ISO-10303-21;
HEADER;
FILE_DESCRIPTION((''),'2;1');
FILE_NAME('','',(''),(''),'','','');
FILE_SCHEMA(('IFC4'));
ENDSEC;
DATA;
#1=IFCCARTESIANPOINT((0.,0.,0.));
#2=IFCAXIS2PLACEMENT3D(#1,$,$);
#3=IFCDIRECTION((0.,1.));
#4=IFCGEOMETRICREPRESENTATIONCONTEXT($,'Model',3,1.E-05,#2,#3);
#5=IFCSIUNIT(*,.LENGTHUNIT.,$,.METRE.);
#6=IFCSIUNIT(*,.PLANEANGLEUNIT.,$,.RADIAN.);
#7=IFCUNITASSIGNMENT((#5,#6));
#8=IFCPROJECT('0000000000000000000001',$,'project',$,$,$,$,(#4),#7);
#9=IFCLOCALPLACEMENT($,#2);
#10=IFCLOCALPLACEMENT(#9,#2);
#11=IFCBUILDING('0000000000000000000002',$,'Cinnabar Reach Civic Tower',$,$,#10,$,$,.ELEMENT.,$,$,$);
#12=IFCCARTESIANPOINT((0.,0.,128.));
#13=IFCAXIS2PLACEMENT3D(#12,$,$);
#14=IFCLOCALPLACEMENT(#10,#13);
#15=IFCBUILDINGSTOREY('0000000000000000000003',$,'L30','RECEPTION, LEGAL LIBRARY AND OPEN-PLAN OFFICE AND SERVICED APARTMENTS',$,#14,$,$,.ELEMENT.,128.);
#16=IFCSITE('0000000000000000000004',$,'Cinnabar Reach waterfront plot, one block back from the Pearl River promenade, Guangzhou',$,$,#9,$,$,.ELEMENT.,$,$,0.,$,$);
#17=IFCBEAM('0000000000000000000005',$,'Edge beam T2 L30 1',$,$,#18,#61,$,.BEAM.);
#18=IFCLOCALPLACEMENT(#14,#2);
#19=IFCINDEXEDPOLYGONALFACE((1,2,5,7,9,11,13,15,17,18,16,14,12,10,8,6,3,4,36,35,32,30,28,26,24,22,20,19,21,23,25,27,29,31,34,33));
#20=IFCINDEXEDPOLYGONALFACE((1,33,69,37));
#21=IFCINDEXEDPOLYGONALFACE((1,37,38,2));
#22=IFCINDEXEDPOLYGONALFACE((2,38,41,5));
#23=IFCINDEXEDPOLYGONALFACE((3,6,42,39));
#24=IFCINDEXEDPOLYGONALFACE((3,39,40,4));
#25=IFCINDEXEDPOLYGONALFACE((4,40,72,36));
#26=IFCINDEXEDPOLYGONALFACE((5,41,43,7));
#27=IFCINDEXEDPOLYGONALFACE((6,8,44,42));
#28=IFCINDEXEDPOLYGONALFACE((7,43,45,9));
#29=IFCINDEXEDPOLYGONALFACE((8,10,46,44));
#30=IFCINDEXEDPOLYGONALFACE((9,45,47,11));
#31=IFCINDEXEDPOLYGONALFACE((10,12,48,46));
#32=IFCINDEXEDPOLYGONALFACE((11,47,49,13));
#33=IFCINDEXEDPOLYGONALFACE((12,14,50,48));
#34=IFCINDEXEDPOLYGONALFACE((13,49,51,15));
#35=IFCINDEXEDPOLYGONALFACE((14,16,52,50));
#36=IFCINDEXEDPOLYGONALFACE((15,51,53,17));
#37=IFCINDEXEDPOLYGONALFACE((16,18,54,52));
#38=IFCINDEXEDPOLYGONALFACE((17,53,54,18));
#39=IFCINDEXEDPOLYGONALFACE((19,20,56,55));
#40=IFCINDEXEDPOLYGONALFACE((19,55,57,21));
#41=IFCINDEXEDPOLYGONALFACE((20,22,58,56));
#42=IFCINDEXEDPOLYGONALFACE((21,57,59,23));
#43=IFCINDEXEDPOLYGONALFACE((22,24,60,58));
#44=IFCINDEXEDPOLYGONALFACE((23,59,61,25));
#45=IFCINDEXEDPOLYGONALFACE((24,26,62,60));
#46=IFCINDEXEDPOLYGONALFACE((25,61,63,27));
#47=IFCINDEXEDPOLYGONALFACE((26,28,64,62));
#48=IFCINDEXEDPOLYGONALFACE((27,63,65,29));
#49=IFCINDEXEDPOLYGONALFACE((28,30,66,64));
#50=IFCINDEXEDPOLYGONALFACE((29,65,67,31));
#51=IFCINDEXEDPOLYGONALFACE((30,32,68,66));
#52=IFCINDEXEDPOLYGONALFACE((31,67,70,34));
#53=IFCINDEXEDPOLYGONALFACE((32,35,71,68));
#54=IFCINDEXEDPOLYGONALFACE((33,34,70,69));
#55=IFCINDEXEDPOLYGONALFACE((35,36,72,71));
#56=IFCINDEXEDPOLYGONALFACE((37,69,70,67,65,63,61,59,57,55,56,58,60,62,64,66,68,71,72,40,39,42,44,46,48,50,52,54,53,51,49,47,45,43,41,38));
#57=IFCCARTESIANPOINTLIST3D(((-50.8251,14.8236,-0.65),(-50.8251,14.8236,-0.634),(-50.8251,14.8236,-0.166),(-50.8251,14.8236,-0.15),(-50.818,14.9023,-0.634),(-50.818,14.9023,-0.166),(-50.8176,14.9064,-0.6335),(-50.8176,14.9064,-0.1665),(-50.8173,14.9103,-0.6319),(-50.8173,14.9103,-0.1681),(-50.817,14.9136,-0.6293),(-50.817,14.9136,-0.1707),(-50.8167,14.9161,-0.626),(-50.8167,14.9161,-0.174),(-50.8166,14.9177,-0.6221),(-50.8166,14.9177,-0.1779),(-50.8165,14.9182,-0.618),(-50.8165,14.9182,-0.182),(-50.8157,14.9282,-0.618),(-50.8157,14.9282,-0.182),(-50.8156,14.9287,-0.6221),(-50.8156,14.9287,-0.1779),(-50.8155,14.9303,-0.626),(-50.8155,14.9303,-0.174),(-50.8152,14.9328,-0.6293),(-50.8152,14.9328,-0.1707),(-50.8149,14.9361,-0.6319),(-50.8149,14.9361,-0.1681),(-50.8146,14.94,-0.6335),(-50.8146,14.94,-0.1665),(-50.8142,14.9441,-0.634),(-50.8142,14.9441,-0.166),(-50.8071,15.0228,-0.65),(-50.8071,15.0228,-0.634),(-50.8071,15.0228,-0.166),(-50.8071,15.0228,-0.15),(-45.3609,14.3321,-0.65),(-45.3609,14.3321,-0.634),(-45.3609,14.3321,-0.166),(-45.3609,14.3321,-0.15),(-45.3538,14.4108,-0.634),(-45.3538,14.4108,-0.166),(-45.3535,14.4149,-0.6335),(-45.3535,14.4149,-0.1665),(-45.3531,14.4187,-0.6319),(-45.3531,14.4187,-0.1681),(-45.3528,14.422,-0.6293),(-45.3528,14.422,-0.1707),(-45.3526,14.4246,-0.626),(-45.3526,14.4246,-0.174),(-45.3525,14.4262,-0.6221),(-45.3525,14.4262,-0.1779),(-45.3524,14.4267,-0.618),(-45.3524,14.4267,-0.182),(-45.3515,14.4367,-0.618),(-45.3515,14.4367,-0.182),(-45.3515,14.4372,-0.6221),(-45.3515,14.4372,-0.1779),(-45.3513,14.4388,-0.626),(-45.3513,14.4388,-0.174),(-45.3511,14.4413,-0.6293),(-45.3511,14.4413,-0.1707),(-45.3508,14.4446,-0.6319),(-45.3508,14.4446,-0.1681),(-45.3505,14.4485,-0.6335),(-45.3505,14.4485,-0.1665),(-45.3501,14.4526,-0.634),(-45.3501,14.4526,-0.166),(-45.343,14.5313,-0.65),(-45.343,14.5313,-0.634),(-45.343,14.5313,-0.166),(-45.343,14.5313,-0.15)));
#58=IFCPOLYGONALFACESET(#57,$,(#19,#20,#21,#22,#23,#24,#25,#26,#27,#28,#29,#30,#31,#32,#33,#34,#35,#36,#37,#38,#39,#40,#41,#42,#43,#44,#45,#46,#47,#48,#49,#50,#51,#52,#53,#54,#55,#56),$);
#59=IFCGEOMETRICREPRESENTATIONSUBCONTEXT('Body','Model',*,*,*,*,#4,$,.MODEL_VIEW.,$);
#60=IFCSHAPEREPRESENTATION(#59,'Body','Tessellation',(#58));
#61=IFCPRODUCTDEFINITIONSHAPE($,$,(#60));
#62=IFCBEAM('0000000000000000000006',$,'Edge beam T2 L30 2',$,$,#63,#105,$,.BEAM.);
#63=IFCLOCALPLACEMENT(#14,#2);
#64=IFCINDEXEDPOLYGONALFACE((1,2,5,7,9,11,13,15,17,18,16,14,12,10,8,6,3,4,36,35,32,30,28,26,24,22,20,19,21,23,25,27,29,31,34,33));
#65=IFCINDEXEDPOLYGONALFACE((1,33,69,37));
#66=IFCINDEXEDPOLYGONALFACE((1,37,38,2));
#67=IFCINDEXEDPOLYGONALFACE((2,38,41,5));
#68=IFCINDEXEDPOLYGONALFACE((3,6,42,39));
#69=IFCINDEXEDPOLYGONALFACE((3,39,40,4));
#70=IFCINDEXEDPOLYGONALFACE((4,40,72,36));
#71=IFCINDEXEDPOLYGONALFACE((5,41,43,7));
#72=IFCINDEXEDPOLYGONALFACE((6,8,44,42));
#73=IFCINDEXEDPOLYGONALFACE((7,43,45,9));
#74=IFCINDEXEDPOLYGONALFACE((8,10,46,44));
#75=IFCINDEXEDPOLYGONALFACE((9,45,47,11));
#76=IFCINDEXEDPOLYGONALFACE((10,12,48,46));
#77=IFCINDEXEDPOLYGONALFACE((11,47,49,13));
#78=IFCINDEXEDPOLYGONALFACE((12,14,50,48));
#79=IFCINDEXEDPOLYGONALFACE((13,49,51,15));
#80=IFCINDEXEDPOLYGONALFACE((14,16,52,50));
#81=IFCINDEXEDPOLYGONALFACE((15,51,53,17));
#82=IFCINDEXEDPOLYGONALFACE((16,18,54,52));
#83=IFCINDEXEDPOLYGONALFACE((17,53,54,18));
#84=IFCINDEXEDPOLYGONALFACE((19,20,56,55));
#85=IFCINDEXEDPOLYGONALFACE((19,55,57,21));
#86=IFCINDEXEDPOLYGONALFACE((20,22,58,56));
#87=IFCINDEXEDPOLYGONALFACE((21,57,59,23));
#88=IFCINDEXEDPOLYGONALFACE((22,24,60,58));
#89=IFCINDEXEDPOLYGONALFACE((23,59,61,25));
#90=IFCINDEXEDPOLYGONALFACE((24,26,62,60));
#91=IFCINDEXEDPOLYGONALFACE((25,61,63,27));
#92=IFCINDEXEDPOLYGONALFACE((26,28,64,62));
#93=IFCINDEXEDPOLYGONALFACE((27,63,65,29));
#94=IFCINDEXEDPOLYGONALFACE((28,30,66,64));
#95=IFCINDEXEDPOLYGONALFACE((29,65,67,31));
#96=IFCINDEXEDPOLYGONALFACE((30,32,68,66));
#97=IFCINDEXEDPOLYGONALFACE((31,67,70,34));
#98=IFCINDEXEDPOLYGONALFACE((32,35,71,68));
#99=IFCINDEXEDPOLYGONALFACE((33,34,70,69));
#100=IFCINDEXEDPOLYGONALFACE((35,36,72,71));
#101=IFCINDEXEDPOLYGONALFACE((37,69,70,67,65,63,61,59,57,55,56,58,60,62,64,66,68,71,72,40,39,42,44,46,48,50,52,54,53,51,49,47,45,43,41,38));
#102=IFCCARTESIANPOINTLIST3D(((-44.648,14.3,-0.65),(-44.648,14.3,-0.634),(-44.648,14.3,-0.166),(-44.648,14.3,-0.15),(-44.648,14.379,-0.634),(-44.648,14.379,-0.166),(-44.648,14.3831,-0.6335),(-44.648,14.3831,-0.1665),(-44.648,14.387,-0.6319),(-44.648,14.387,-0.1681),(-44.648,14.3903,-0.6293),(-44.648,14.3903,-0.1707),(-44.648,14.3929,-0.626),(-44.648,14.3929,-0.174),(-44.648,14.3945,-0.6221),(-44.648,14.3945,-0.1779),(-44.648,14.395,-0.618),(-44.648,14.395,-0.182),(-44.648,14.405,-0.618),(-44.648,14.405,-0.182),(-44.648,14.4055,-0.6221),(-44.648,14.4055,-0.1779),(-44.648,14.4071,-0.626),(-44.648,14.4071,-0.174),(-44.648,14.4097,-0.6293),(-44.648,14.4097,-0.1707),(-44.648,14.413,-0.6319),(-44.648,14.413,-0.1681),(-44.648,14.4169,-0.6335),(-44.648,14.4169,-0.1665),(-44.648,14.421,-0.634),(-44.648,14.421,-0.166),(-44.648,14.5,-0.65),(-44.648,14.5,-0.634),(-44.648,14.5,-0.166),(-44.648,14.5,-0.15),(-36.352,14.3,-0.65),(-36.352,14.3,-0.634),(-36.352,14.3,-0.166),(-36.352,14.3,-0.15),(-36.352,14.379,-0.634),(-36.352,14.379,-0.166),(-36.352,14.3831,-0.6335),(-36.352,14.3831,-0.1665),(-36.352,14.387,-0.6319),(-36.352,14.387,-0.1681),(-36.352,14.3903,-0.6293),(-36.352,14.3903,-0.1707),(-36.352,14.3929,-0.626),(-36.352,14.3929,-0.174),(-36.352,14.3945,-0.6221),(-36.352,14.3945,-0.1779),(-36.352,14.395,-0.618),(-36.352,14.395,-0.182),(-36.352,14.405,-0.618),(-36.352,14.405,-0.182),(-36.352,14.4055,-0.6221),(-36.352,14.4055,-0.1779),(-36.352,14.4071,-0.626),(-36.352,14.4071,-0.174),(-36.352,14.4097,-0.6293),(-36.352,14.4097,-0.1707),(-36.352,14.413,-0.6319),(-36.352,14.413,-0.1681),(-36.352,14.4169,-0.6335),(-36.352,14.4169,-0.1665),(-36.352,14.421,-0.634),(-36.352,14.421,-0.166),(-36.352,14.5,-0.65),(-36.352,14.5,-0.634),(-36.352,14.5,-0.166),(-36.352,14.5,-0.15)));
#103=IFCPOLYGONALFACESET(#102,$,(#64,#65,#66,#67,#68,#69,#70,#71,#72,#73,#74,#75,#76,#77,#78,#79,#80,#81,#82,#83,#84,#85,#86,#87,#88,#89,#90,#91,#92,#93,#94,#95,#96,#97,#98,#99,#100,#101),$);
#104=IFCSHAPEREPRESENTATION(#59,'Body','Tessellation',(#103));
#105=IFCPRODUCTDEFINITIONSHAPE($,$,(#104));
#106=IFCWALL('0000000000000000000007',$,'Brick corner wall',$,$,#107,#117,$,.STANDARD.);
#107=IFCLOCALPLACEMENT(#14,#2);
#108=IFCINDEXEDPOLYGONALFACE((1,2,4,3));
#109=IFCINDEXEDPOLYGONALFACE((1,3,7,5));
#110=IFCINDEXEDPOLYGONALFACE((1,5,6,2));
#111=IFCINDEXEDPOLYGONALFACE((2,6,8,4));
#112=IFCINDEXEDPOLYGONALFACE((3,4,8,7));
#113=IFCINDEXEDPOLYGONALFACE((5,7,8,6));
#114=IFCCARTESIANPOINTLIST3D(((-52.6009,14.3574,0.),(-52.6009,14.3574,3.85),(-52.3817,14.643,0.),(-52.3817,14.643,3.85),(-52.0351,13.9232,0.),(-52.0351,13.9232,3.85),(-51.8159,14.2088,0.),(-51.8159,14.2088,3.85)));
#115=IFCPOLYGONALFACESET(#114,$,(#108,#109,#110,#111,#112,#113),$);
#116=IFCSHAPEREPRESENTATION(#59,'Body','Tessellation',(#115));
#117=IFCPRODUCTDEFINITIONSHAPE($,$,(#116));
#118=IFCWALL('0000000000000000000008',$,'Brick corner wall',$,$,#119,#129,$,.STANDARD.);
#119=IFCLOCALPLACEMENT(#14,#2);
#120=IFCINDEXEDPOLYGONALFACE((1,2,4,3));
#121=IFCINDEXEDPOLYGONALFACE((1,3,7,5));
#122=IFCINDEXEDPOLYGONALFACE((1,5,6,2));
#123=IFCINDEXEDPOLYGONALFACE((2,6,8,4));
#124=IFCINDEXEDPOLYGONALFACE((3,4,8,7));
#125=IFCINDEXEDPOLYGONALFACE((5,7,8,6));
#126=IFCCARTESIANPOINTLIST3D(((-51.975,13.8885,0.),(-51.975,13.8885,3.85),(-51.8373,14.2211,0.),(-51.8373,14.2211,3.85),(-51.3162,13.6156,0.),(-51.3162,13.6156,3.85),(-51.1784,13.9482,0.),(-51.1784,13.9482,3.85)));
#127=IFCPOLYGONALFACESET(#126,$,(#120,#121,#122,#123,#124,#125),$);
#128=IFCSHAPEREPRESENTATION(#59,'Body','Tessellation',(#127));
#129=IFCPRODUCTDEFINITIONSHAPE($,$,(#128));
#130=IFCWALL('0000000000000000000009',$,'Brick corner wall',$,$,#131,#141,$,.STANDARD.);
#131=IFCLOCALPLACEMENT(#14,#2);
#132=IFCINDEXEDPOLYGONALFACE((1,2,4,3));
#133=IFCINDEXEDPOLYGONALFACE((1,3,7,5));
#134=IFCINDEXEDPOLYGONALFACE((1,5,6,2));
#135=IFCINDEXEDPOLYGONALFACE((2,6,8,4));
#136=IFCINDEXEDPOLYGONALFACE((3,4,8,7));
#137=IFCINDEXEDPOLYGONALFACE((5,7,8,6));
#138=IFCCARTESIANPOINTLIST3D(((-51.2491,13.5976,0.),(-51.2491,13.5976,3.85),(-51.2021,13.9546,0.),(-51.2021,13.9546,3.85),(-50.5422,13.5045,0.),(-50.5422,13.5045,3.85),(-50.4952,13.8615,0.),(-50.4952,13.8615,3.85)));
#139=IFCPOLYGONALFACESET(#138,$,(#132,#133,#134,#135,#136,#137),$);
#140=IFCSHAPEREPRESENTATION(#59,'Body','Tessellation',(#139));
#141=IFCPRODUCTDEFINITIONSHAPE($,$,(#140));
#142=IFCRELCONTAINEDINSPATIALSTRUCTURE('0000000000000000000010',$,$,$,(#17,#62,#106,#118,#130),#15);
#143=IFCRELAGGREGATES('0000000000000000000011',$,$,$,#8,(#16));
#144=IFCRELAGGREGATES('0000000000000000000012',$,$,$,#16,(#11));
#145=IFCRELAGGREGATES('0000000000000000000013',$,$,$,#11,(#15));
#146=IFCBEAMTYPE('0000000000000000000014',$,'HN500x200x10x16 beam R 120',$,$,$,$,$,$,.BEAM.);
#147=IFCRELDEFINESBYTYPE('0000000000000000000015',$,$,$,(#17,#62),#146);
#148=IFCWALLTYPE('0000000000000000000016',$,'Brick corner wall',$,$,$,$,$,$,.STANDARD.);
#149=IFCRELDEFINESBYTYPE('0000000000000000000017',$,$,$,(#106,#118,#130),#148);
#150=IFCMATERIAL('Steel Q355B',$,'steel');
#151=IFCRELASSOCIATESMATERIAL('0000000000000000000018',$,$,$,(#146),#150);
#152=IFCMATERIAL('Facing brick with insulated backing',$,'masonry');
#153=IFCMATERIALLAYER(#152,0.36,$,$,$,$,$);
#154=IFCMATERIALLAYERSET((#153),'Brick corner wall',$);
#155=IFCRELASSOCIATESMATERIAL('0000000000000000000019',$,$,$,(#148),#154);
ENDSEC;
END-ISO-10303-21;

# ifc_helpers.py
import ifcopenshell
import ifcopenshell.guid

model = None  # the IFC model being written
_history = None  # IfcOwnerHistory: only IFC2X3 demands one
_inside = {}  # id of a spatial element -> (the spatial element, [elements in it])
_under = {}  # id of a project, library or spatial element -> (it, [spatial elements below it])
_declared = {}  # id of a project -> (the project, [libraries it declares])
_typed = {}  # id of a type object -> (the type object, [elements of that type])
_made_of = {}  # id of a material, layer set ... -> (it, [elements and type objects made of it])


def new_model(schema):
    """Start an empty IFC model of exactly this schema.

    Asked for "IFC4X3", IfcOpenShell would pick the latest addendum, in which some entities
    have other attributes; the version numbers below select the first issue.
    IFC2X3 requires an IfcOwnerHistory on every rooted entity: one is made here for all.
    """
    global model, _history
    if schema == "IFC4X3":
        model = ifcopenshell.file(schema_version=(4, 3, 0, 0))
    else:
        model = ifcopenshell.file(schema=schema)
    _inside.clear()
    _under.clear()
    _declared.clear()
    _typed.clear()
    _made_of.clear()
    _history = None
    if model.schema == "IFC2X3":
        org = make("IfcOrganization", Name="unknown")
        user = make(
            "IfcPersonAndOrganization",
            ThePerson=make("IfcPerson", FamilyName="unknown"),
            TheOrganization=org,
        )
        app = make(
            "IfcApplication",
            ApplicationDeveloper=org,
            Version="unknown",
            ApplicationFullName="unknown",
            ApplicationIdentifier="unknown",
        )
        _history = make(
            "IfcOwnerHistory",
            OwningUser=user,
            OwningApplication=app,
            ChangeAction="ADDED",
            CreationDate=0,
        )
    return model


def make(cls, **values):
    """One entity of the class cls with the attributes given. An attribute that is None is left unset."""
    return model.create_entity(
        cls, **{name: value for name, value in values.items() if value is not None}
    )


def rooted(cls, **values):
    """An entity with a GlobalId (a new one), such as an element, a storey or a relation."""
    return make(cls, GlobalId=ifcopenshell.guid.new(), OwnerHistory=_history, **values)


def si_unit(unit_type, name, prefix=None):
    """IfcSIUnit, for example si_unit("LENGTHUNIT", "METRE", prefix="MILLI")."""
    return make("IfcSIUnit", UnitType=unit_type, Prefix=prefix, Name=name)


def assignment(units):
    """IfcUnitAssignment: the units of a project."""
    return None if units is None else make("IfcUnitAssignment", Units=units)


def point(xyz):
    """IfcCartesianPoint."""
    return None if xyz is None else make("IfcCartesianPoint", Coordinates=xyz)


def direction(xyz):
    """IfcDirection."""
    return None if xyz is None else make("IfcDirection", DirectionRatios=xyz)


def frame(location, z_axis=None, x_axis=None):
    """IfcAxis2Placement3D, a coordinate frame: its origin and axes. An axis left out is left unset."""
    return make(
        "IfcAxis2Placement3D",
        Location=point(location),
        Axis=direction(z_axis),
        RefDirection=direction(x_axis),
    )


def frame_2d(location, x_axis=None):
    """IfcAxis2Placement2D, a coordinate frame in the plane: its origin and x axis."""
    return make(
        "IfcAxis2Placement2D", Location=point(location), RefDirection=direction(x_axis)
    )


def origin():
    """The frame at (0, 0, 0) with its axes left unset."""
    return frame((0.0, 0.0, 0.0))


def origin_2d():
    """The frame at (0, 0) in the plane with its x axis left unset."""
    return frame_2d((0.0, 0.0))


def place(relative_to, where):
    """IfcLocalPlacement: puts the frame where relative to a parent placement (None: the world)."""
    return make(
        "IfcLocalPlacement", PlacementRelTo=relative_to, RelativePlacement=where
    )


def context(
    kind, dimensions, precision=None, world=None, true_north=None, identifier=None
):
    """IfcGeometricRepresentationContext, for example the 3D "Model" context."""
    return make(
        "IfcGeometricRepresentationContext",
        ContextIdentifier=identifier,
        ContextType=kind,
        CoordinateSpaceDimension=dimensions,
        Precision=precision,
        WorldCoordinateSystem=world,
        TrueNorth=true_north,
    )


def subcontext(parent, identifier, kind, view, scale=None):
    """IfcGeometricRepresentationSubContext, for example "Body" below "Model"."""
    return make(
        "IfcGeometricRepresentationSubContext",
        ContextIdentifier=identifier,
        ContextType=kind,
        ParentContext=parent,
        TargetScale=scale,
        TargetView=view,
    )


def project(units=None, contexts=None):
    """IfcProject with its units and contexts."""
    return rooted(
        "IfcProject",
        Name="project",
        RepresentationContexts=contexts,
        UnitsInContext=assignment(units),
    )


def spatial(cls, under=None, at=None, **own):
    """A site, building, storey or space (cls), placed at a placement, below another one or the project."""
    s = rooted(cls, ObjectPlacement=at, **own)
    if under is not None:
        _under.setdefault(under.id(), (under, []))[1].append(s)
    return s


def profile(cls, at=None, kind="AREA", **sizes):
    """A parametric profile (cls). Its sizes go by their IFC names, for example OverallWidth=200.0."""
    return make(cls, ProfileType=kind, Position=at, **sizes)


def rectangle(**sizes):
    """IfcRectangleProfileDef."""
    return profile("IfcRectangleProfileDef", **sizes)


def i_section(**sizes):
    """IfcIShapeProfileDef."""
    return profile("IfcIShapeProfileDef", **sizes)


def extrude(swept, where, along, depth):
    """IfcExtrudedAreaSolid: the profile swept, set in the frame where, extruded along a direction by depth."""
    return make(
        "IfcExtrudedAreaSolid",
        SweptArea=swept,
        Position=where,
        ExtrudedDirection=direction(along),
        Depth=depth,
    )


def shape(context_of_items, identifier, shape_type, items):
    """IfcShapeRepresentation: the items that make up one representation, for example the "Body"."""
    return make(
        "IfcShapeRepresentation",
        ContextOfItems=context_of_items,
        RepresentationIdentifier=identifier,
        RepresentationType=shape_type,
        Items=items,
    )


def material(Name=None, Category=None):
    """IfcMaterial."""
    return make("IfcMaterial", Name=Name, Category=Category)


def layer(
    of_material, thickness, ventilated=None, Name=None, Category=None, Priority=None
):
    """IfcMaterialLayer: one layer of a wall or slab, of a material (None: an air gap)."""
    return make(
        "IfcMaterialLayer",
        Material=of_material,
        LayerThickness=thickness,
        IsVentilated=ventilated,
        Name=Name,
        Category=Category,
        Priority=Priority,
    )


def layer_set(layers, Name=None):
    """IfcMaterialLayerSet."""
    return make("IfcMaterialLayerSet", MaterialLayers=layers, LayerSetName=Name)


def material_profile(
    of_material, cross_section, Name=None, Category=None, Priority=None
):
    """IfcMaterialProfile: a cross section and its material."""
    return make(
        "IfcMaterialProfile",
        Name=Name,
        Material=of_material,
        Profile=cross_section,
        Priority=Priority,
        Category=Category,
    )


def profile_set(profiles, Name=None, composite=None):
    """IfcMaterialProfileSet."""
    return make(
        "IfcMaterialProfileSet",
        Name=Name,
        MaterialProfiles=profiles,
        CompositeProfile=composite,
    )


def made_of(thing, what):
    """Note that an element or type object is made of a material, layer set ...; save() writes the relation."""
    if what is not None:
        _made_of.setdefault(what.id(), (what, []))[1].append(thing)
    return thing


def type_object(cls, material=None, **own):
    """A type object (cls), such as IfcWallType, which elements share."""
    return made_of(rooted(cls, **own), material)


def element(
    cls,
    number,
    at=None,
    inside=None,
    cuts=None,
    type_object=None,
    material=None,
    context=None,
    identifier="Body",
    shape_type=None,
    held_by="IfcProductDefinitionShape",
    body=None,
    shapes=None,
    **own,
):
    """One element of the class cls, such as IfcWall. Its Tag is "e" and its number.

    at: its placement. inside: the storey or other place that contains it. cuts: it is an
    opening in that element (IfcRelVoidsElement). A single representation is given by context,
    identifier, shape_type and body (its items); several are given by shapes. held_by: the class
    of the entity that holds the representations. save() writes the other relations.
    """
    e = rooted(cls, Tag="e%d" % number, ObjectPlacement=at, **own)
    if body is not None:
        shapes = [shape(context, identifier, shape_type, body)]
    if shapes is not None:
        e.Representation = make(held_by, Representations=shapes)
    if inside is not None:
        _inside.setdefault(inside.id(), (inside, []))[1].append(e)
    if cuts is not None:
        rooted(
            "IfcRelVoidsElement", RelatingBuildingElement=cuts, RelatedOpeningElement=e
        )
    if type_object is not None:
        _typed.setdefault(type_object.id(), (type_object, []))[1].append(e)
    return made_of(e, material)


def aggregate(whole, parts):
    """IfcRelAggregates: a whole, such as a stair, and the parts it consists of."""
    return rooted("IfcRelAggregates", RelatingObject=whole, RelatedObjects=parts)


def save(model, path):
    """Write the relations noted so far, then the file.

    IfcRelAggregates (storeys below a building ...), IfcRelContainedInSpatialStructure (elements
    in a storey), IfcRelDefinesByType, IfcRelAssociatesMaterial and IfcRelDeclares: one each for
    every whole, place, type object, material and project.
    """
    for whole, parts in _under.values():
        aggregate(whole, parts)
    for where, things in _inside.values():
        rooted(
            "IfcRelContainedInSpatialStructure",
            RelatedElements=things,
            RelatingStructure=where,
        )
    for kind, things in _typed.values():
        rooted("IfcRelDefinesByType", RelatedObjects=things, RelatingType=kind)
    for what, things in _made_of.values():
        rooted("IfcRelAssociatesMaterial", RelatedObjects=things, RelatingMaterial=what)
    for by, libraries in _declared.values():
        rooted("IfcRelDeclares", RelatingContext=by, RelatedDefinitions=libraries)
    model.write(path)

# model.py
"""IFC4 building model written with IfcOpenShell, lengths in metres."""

from ifc_helpers import new_model, si_unit, direction, frame, frame_2d, origin, origin_2d, place, context, subcontext, project, spatial, rectangle, i_section, extrude, material, layer, layer_set, material_profile, profile_set, type_object, element, save


model = new_model("IFC4")

# Units and contexts
model_context = context("Model", 3, precision=1e-05, world=origin(), true_north=direction((0.0, 1.0)))
body_context = subcontext(model_context, "Body", "Model", "MODEL_VIEW")
ifc_project = project(units=[si_unit("LENGTHUNIT", "METRE"), si_unit("PLANEANGLEUNIT", "RADIAN")], contexts=[model_context])

# Site, building, storey
site_placement = place(None, origin())
site = spatial("IfcSite", under=ifc_project, at=site_placement, Name="Cinnabar Reach waterfront plot, one block back from the Pearl River promenade, Guangzhou", CompositionType="ELEMENT", RefElevation=0.0)
building_placement = place(site_placement, origin())
building = spatial("IfcBuilding", under=site, at=building_placement, Name="Cinnabar Reach Civic Tower", CompositionType="ELEMENT")
storey_placement = place(building_placement, frame((0.0, 0.0, 128.0)))
storey = spatial("IfcBuildingStorey", under=building, at=storey_placement, Name="L30", Description="RECEPTION, LEGAL LIBRARY AND OPEN-PLAN OFFICE AND SERVICED APARTMENTS", CompositionType="ELEMENT", Elevation=128.0)

# Beams
ifc_material_1 = material(Name="Steel Q355B", Category="steel")
ifc_material_profile_1 = material_profile(ifc_material_1, i_section(OverallWidth=0.2, OverallDepth=0.5, WebThickness=0.01, FlangeThickness=0.016, FilletRadius=0.016, at=origin_2d()), Name="HN500x200x10x16")
ifc_profile_set_1 = profile_set([ifc_material_profile_1], Name="Steel Q355B")
beam_type_1 = type_object("IfcBeamType", Name="HN500x200x10x16 beam R 120", PredefinedType="BEAM", material=ifc_profile_set_1)
beam_1_placement = place(storey_placement, frame((-50.8161, 14.9232, -0.4), z_axis=(0.995979, -0.089589, 0.0), x_axis=(0.089589, 0.995979, 0.0)))
element("IfcBeam", 1, at=beam_1_placement, inside=storey, type_object=beam_type_1, Name="Edge beam T2 L30 1", PredefinedType="BEAM", context=body_context, shape_type="SweptSolid", body=[
    extrude(i_section(OverallWidth=0.2, OverallDepth=0.5, WebThickness=0.01, FlangeThickness=0.016, FilletRadius=0.016, at=origin_2d()), origin(), (0.0, 0.0, 1.0), 5.4862),
])
beam_2_placement = place(storey_placement, frame((-44.648, 14.4, -0.4), z_axis=(1.0, 0.0, 0.0), x_axis=(0.0, 1.0, 0.0)))
element("IfcBeam", 2, at=beam_2_placement, inside=storey, type_object=beam_type_1, Name="Edge beam T2 L30 2", PredefinedType="BEAM", context=body_context, shape_type="SweptSolid", body=[
    extrude(i_section(OverallWidth=0.2, OverallDepth=0.5, WebThickness=0.01, FlangeThickness=0.016, FilletRadius=0.016, at=origin_2d()), origin(), (0.0, 0.0, 1.0), 8.296),
])

# Walls
ifc_material_2 = material(Name="Facing brick with insulated backing", Category="masonry")
ifc_layer_1 = layer(ifc_material_2, 0.36)
ifc_layer_set_1 = layer_set([ifc_layer_1], Name="Brick corner wall")
wall_type_1 = type_object("IfcWallType", Name="Brick corner wall", PredefinedType="STANDARD", material=ifc_layer_set_1)
wall_1_placement = place(storey_placement, frame((-52.4913, 14.5002, 0.0), z_axis=(0.0, 0.0, 1.0), x_axis=(0.793322, -0.608802, 0.0)))
element("IfcWall", 3, at=wall_1_placement, inside=storey, type_object=wall_type_1, Name="Brick corner wall", PredefinedType="STANDARD", context=body_context, shape_type="SweptSolid", body=[
    extrude(rectangle(XDim=0.7132, YDim=0.36, at=frame_2d((0.3566, 0.0))), origin(), (0.0, 0.0, 1.0), 3.85),
])
for number, where, z_axis, x_axis, name in (
    (4, (-51.9061, 14.0548, 0.0), (0.0, 0.0, 1.0), (0.923872, -0.382703, 0.0), "Brick corner wall"),
    (5, (-51.2256, 13.7761, 0.0), (0.0, 0.0, 1.0), (0.991441, -0.130556, 0.0), "Brick corner wall"),
):
    element("IfcWall", number, at=place(storey_placement, frame(where, z_axis=z_axis, x_axis=x_axis)), inside=storey, type_object=wall_type_1, Name=name, PredefinedType="STANDARD", context=body_context, shape_type="SweptSolid", body=[
        extrude(rectangle(XDim=0.7131, YDim=0.36, at=frame_2d((0.3565, 0.0))), origin(), (0.0, 0.0, 1.0), 3.85),
    ])

save(model, "model.ifc")
